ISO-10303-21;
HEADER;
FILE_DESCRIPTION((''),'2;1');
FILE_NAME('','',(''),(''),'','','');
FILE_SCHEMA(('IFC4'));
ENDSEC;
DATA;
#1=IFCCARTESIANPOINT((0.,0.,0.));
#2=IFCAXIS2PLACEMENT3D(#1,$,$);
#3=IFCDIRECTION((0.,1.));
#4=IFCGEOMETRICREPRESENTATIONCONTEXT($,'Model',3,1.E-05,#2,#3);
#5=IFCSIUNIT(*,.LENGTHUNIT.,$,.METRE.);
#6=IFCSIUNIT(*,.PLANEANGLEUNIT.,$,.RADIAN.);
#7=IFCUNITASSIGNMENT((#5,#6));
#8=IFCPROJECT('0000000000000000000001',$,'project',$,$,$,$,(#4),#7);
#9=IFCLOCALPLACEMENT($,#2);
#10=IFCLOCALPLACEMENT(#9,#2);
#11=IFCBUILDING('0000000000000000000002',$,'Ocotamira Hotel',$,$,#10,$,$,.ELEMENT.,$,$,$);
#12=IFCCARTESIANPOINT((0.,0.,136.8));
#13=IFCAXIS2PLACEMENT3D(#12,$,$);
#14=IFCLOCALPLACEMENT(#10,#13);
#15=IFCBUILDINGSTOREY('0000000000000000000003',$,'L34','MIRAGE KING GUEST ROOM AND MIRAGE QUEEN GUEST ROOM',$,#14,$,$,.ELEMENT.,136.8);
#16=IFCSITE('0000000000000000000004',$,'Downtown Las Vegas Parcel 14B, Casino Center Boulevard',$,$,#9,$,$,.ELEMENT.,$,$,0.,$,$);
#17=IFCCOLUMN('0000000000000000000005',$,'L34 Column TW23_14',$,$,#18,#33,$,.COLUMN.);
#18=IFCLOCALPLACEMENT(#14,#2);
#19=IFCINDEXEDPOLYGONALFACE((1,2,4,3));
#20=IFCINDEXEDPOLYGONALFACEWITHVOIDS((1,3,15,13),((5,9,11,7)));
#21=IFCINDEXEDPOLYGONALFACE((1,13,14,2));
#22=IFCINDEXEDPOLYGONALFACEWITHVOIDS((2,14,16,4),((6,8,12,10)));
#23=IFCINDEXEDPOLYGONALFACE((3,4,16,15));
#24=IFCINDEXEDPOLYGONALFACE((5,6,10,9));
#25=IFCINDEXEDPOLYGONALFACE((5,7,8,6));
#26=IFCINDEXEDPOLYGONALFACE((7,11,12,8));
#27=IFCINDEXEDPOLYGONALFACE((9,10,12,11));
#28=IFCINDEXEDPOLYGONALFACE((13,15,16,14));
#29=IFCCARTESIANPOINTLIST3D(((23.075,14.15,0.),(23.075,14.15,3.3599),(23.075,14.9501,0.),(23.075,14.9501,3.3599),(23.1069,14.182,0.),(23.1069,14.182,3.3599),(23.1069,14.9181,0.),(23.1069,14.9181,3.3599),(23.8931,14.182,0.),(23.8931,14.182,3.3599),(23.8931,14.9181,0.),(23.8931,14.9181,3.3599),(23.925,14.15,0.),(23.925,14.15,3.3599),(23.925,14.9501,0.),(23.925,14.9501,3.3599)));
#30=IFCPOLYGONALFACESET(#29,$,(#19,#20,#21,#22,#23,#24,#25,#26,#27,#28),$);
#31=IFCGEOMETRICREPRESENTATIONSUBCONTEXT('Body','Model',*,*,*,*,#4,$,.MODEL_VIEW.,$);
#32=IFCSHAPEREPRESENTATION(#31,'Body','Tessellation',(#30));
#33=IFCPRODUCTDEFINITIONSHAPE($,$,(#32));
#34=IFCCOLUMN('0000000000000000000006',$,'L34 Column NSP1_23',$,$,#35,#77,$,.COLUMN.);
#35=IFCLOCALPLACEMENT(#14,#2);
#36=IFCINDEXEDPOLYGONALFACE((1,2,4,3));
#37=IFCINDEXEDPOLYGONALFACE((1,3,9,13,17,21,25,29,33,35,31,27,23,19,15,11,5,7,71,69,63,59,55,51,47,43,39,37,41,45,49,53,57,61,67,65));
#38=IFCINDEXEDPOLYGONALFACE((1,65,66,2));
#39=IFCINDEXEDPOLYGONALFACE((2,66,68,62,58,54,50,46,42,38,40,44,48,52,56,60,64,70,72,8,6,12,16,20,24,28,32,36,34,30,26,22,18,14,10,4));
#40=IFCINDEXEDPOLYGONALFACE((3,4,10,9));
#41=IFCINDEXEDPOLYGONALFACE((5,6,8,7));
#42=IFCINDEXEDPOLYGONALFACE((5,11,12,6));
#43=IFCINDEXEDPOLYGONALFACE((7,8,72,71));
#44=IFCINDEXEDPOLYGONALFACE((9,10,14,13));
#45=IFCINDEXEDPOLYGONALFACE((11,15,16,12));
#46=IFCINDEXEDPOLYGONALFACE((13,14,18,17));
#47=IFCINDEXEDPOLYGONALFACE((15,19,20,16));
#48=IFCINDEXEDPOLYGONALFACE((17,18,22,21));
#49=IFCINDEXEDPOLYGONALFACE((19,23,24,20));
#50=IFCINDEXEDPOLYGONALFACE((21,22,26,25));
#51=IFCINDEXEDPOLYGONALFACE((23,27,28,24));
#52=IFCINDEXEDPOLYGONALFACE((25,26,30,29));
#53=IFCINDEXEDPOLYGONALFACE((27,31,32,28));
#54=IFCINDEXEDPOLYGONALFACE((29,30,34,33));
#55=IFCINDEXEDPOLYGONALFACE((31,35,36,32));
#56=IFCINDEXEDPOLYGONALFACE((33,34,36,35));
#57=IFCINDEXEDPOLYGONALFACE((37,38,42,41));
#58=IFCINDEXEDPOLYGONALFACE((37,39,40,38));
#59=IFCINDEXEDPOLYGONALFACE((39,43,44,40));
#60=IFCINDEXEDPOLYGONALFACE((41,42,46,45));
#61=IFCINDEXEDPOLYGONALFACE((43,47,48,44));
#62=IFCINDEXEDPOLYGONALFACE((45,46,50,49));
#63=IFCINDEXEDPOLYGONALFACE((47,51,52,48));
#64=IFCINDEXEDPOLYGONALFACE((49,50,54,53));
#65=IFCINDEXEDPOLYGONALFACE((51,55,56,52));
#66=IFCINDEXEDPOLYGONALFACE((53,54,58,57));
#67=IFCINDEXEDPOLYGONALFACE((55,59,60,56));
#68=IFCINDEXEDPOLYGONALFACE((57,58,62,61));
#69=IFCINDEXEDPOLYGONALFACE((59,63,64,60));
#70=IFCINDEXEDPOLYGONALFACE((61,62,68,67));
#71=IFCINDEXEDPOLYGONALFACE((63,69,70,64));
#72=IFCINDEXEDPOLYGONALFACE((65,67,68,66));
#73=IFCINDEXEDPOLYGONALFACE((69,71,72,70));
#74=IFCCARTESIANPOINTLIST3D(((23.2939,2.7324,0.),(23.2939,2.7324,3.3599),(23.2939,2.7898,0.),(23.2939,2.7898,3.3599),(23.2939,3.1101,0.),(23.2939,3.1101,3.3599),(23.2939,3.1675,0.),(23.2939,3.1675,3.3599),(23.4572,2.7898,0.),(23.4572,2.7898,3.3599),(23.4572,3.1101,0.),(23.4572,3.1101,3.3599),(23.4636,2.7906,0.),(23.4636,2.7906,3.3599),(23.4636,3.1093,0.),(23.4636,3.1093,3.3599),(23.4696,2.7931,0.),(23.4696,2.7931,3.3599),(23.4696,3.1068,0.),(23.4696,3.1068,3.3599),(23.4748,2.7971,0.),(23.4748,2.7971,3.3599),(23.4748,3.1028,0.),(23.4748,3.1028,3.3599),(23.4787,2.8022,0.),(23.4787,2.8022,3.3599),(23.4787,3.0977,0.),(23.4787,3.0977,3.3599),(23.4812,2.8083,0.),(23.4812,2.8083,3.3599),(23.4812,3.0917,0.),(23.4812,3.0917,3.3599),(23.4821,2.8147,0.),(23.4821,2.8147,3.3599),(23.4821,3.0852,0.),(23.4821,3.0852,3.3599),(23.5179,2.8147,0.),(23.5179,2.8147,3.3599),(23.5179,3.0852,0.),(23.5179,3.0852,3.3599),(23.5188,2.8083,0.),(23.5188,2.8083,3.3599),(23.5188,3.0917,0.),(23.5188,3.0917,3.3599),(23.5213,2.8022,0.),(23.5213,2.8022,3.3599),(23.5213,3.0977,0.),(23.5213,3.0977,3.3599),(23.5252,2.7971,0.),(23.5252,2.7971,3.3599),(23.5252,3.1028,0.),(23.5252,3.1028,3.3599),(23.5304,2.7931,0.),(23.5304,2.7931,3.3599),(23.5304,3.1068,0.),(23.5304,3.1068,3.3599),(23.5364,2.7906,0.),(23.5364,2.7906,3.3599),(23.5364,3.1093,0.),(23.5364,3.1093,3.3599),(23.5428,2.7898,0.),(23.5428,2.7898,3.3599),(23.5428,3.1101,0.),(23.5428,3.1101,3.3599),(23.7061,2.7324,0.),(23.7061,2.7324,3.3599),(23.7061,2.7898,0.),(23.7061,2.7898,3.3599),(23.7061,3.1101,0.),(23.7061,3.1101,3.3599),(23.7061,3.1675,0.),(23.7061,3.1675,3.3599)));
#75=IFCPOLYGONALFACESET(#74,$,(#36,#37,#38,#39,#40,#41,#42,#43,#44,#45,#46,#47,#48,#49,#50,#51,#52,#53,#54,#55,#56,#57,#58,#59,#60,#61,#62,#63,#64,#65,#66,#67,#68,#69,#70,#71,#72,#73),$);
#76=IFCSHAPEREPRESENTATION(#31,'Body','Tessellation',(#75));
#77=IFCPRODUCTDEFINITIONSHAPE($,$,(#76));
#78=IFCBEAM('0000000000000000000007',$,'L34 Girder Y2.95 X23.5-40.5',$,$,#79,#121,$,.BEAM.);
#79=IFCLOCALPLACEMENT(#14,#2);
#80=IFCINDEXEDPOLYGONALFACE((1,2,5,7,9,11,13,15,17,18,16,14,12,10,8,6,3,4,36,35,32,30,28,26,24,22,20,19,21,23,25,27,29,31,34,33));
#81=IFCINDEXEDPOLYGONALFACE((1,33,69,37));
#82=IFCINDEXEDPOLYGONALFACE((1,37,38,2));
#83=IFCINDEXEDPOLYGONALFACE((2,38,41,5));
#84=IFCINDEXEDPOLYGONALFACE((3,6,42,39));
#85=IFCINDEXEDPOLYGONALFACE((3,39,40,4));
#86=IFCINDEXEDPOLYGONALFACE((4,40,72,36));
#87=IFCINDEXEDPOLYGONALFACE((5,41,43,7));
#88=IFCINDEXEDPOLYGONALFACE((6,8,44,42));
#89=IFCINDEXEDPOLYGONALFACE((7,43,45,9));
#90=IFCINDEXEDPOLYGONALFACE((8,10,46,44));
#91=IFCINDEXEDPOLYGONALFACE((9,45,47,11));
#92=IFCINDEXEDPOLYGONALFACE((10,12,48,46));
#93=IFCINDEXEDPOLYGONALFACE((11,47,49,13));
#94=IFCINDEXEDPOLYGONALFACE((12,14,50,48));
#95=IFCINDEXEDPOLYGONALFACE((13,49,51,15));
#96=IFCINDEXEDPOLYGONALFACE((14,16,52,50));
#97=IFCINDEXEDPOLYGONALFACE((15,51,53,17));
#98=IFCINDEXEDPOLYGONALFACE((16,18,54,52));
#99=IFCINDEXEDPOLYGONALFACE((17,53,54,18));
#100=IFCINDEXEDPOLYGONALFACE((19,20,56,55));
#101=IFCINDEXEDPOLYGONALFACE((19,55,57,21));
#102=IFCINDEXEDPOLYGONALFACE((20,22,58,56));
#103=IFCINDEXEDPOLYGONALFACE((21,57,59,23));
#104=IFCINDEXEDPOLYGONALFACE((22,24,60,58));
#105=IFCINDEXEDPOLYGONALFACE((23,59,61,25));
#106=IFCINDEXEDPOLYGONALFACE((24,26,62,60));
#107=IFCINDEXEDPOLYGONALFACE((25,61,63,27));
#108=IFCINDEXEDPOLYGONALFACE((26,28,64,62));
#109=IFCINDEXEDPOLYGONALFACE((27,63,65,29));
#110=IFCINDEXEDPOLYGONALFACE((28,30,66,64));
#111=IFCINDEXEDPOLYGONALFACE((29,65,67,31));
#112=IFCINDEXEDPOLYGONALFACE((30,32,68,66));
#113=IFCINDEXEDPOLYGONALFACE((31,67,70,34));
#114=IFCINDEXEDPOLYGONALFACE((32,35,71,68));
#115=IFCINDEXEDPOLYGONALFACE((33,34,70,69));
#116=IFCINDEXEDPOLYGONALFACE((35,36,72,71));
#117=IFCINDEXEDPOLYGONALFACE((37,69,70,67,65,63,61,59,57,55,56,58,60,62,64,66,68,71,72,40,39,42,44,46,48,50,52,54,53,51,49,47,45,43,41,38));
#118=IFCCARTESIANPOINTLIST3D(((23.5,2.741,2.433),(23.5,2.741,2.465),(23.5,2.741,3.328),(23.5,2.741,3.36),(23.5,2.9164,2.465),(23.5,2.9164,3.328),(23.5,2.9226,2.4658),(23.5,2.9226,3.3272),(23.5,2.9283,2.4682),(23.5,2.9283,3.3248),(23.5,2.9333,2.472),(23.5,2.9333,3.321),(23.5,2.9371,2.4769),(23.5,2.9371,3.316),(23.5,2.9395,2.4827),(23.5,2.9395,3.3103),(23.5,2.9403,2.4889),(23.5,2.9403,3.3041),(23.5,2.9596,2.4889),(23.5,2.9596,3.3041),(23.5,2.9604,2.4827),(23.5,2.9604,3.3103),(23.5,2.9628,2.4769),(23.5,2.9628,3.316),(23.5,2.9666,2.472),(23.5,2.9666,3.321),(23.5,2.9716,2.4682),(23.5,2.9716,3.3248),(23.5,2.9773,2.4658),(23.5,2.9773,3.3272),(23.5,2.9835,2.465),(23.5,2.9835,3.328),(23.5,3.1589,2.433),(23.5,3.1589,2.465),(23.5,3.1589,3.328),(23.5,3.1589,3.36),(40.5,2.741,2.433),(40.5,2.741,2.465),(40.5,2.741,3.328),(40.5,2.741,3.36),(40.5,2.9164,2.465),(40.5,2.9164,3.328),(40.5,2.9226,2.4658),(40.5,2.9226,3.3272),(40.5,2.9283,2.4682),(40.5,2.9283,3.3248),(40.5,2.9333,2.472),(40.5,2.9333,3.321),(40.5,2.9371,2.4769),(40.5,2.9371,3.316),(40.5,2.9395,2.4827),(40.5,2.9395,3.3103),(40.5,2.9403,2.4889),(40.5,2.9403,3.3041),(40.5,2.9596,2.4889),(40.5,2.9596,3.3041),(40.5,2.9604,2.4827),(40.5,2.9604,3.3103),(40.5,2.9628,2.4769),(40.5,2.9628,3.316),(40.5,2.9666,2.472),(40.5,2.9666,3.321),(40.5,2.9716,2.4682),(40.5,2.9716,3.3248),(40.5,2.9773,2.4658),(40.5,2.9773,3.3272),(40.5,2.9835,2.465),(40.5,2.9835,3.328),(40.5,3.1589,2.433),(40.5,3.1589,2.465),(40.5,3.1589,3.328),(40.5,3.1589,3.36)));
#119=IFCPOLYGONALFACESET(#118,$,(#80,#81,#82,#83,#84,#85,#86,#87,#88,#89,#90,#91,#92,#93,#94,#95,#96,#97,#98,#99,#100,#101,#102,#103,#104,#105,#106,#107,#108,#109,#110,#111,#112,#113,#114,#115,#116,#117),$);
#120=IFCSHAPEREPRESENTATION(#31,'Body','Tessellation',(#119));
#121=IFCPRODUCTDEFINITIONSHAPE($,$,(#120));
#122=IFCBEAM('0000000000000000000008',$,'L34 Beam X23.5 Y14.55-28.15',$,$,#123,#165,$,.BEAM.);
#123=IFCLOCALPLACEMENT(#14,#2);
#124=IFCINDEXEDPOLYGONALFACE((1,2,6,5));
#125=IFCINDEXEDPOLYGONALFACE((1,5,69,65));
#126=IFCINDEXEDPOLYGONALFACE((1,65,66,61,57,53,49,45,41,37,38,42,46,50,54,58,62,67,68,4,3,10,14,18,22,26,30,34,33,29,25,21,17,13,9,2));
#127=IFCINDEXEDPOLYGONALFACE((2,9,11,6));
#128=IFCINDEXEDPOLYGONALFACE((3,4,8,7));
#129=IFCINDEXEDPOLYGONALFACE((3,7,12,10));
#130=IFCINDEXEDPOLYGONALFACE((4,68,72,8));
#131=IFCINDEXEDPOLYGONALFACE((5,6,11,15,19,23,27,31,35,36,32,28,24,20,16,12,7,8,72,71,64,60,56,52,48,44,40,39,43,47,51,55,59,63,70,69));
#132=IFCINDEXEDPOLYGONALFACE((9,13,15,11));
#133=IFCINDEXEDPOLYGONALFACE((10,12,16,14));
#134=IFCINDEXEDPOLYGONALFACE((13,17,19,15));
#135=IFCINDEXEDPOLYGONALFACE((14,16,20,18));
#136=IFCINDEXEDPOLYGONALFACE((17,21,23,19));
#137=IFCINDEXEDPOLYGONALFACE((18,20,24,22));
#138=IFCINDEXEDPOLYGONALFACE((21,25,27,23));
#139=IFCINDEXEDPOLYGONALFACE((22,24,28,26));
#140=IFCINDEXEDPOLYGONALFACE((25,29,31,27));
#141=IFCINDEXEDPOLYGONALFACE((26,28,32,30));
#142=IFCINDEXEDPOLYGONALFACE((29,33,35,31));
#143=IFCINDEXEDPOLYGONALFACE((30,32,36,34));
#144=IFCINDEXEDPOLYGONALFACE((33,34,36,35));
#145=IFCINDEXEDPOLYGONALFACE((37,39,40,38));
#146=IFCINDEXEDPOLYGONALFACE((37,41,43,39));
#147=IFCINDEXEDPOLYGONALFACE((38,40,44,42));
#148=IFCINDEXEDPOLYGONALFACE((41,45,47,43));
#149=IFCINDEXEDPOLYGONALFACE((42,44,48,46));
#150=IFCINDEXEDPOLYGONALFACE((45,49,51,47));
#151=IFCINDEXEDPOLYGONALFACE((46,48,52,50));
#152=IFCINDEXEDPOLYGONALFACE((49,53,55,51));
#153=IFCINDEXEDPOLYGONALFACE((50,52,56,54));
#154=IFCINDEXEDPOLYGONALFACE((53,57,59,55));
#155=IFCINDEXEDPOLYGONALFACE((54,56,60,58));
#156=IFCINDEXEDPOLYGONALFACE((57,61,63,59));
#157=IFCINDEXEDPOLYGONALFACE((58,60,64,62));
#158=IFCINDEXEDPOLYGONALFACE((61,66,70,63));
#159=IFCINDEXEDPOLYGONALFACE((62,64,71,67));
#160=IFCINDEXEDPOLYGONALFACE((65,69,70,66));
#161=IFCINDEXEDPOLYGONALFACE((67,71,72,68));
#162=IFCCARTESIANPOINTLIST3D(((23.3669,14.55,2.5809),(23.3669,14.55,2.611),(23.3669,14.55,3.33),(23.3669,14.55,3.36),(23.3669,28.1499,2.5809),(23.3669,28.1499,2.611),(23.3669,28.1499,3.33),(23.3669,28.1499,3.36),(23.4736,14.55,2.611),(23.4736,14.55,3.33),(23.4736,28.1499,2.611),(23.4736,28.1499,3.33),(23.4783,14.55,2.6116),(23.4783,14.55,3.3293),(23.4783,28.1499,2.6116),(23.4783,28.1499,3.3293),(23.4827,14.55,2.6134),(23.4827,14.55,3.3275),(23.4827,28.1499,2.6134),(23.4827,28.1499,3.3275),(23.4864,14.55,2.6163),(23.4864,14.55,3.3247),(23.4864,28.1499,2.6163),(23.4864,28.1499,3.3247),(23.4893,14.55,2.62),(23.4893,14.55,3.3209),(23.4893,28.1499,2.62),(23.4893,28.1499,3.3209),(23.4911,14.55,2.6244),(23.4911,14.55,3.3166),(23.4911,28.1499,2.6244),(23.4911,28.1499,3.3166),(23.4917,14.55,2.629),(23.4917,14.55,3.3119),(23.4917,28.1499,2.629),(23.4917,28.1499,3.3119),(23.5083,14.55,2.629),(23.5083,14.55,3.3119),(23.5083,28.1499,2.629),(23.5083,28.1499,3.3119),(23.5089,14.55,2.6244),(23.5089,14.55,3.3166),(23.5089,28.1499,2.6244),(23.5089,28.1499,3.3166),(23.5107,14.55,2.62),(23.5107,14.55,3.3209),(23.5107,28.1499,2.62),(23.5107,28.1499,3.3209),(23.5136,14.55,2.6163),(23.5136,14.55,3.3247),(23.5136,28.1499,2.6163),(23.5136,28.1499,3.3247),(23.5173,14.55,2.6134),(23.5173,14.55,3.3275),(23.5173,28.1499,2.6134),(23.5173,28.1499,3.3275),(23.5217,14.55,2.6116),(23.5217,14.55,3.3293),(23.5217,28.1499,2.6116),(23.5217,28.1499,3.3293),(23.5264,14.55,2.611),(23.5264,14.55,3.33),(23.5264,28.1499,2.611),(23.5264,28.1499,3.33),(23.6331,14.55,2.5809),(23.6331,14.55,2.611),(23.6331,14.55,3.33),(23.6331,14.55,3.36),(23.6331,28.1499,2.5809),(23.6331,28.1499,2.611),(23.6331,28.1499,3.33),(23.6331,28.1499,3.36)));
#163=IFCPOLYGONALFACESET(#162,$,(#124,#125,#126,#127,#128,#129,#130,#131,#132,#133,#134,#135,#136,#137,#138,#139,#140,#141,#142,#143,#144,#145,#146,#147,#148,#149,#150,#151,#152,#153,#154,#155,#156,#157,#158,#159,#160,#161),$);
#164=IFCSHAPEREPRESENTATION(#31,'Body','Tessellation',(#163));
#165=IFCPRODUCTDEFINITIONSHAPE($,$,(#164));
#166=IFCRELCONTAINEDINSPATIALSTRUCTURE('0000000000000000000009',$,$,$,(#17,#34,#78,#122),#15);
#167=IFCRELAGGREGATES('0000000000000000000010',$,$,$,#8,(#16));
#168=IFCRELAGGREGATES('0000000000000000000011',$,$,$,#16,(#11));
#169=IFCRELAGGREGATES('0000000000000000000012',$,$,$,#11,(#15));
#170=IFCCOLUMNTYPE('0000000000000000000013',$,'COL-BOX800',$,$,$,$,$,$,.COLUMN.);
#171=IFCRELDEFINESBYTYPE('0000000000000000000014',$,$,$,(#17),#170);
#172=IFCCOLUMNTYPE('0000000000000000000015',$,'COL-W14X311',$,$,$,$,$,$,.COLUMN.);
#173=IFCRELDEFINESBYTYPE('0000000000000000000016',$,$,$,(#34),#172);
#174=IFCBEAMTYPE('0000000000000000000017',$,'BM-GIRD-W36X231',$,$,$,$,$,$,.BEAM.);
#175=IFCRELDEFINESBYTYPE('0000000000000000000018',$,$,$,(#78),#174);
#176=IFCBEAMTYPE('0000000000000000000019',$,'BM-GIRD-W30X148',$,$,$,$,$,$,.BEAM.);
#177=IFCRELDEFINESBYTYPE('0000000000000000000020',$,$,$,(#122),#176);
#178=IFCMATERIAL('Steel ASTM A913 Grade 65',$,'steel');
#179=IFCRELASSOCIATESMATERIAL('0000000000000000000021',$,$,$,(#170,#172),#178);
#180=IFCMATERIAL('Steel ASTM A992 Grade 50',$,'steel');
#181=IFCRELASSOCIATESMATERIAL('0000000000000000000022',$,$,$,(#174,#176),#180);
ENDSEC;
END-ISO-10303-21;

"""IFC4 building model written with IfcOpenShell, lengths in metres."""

from ifc_helpers import new_model, si_unit, direction, frame, origin, origin_2d, place, context, subcontext, project, spatial, hollow_rectangle, i_section, extrude, source, transform, mapped, material, material_profile, profile_set, type_object, element, save


model = new_model("IFC4")

# Units and contexts
model_context = context("Model", 3, precision=1e-05, world=origin(), true_north=direction((0.0, 1.0)))
body_context = subcontext(model_context, "Body", "Model", "MODEL_VIEW")
ifc_project = project(units=[si_unit("LENGTHUNIT", "METRE"), si_unit("PLANEANGLEUNIT", "RADIAN")], contexts=[model_context])

# Site, building, storey
site_placement = place(None, origin())
site = spatial("IfcSite", under=ifc_project, at=site_placement, Name="Downtown Las Vegas Parcel 14B, Casino Center Boulevard", CompositionType="ELEMENT", RefElevation=0.0)
building_placement = place(site_placement, origin())
building = spatial("IfcBuilding", under=site, at=building_placement, Name="Ocotamira Hotel", CompositionType="ELEMENT")
storey_placement = place(building_placement, frame((0.0, 0.0, 136.8)))
storey = spatial("IfcBuildingStorey", under=building, at=storey_placement, Name="L34", Description="MIRAGE KING GUEST ROOM AND MIRAGE QUEEN GUEST ROOM", CompositionType="ELEMENT", Elevation=136.8)

# Columns
ifc_material_1 = material(Name="Steel ASTM A913 Grade 65", Category="steel")
ifc_material_profile_1 = material_profile(ifc_material_1, hollow_rectangle(XDim=0.8501, YDim=0.8, WallThickness=0.032, at=origin_2d()), Name="BOX800X850X32")
ifc_profile_set_1 = profile_set([ifc_material_profile_1], Name="Steel ASTM A913 Grade 65")
column_type_1 = type_object("IfcColumnType", Name="COL-BOX800", PredefinedType="COLUMN", material=ifc_profile_set_1)
shared_shape_1 = source(origin(), body_context, "Body", "SweptSolid", [
    extrude(hollow_rectangle(XDim=0.8501, YDim=0.8, WallThickness=0.032, at=origin_2d()), origin(), (0.0, 0.0, 1.0), 3.3599),
])
column_1_placement = place(storey_placement, frame((23.5, 14.55, 0.0), z_axis=(0.0, 0.0, 1.0), x_axis=(1.0, 0.0, 0.0)))
element("IfcColumn", 1, at=column_1_placement, inside=storey, type_object=column_type_1, Name="L34 Column TW23_14", PredefinedType="COLUMN", context=body_context, shape_type="MappedRepresentation", body=[
    mapped(shared_shape_1, transform((0.0, 0.0, 0.0), scale=1.0)),
])
ifc_material_profile_2 = material_profile(ifc_material_1, i_section(OverallWidth=0.4121, OverallDepth=0.4351, WebThickness=0.0359, FlangeThickness=0.0574, FilletRadius=0.0249, at=origin_2d()), Name="W14X311")
ifc_profile_set_2 = profile_set([ifc_material_profile_2], Name="Steel ASTM A913 Grade 65")
column_type_2 = type_object("IfcColumnType", Name="COL-W14X311", PredefinedType="COLUMN", material=ifc_profile_set_2)
shared_shape_2 = source(origin(), body_context, "Body", "SweptSolid", [
    extrude(i_section(OverallWidth=0.4121, OverallDepth=0.4351, WebThickness=0.0359, FlangeThickness=0.0574, FilletRadius=0.0249, at=origin_2d()), origin(), (0.0, 0.0, 1.0), 3.3599),
])
column_2_placement = place(storey_placement, frame((23.5, 2.95, 0.0), z_axis=(0.0, 0.0, 1.0), x_axis=(1.0, 0.0, 0.0)))
element("IfcColumn", 2, at=column_2_placement, inside=storey, type_object=column_type_2, Name="L34 Column NSP1_23", PredefinedType="COLUMN", context=body_context, shape_type="MappedRepresentation", body=[
    mapped(shared_shape_2, transform((0.0, 0.0, 0.0), scale=1.0)),
])

# Beams
ifc_material_2 = material(Name="Steel ASTM A992 Grade 50", Category="steel")
ifc_material_profile_3 = material_profile(ifc_material_2, i_section(OverallWidth=0.418, OverallDepth=0.927, WebThickness=0.0193, FlangeThickness=0.032, FilletRadius=0.0239, at=origin_2d()), Name="W36X231")
ifc_profile_set_3 = profile_set([ifc_material_profile_3], Name="Steel ASTM A992 Grade 50")
beam_type_1 = type_object("IfcBeamType", Name="BM-GIRD-W36X231", PredefinedType="BEAM", material=ifc_profile_set_3)
shared_shape_3 = source(origin(), body_context, "Body", "SweptSolid", [
    extrude(i_section(OverallWidth=0.418, OverallDepth=0.927, WebThickness=0.0193, FlangeThickness=0.032, FilletRadius=0.0239, at=origin_2d()), origin(), (0.0, 0.0, 1.0), 17.0),
])
beam_1_placement = place(storey_placement, frame((23.5, 2.95, 2.8965), z_axis=(1.0, 0.0, 0.0), x_axis=(0.0, 1.0, 0.0)))
element("IfcBeam", 3, at=beam_1_placement, inside=storey, type_object=beam_type_1, Name="L34 Girder Y2.95 X23.5-40.5", PredefinedType="BEAM", context=body_context, shape_type="MappedRepresentation", body=[
    mapped(shared_shape_3, transform((0.0, 0.0, 0.0), scale=1.0)),
])
ifc_material_profile_4 = material_profile(ifc_material_2, i_section(OverallWidth=0.2661, OverallDepth=0.7791, WebThickness=0.0166, FlangeThickness=0.03, FilletRadius=0.0181, at=origin_2d()), Name="W30X148")
ifc_profile_set_4 = profile_set([ifc_material_profile_4], Name="Steel ASTM A992 Grade 50")
beam_type_2 = type_object("IfcBeamType", Name="BM-GIRD-W30X148", PredefinedType="BEAM", material=ifc_profile_set_4)
shared_shape_4 = source(origin(), body_context, "Body", "SweptSolid", [
    extrude(i_section(OverallWidth=0.2661, OverallDepth=0.7791, WebThickness=0.0166, FlangeThickness=0.03, FilletRadius=0.0181, at=origin_2d()), origin(), (0.0, 0.0, 1.0), 13.5999),
])
beam_2_placement = place(storey_placement, frame((23.5, 14.55, 2.9705), z_axis=(0.0, 1.0, 0.0), x_axis=(-1.0, 0.0, 0.0)))
element("IfcBeam", 4, at=beam_2_placement, inside=storey, type_object=beam_type_2, Name="L34 Beam X23.5 Y14.55-28.15", PredefinedType="BEAM", context=body_context, shape_type="MappedRepresentation", body=[
    mapped(shared_shape_4, transform((0.0, 0.0, 0.0), scale=1.0)),
])

save(model, "model.ifc")
